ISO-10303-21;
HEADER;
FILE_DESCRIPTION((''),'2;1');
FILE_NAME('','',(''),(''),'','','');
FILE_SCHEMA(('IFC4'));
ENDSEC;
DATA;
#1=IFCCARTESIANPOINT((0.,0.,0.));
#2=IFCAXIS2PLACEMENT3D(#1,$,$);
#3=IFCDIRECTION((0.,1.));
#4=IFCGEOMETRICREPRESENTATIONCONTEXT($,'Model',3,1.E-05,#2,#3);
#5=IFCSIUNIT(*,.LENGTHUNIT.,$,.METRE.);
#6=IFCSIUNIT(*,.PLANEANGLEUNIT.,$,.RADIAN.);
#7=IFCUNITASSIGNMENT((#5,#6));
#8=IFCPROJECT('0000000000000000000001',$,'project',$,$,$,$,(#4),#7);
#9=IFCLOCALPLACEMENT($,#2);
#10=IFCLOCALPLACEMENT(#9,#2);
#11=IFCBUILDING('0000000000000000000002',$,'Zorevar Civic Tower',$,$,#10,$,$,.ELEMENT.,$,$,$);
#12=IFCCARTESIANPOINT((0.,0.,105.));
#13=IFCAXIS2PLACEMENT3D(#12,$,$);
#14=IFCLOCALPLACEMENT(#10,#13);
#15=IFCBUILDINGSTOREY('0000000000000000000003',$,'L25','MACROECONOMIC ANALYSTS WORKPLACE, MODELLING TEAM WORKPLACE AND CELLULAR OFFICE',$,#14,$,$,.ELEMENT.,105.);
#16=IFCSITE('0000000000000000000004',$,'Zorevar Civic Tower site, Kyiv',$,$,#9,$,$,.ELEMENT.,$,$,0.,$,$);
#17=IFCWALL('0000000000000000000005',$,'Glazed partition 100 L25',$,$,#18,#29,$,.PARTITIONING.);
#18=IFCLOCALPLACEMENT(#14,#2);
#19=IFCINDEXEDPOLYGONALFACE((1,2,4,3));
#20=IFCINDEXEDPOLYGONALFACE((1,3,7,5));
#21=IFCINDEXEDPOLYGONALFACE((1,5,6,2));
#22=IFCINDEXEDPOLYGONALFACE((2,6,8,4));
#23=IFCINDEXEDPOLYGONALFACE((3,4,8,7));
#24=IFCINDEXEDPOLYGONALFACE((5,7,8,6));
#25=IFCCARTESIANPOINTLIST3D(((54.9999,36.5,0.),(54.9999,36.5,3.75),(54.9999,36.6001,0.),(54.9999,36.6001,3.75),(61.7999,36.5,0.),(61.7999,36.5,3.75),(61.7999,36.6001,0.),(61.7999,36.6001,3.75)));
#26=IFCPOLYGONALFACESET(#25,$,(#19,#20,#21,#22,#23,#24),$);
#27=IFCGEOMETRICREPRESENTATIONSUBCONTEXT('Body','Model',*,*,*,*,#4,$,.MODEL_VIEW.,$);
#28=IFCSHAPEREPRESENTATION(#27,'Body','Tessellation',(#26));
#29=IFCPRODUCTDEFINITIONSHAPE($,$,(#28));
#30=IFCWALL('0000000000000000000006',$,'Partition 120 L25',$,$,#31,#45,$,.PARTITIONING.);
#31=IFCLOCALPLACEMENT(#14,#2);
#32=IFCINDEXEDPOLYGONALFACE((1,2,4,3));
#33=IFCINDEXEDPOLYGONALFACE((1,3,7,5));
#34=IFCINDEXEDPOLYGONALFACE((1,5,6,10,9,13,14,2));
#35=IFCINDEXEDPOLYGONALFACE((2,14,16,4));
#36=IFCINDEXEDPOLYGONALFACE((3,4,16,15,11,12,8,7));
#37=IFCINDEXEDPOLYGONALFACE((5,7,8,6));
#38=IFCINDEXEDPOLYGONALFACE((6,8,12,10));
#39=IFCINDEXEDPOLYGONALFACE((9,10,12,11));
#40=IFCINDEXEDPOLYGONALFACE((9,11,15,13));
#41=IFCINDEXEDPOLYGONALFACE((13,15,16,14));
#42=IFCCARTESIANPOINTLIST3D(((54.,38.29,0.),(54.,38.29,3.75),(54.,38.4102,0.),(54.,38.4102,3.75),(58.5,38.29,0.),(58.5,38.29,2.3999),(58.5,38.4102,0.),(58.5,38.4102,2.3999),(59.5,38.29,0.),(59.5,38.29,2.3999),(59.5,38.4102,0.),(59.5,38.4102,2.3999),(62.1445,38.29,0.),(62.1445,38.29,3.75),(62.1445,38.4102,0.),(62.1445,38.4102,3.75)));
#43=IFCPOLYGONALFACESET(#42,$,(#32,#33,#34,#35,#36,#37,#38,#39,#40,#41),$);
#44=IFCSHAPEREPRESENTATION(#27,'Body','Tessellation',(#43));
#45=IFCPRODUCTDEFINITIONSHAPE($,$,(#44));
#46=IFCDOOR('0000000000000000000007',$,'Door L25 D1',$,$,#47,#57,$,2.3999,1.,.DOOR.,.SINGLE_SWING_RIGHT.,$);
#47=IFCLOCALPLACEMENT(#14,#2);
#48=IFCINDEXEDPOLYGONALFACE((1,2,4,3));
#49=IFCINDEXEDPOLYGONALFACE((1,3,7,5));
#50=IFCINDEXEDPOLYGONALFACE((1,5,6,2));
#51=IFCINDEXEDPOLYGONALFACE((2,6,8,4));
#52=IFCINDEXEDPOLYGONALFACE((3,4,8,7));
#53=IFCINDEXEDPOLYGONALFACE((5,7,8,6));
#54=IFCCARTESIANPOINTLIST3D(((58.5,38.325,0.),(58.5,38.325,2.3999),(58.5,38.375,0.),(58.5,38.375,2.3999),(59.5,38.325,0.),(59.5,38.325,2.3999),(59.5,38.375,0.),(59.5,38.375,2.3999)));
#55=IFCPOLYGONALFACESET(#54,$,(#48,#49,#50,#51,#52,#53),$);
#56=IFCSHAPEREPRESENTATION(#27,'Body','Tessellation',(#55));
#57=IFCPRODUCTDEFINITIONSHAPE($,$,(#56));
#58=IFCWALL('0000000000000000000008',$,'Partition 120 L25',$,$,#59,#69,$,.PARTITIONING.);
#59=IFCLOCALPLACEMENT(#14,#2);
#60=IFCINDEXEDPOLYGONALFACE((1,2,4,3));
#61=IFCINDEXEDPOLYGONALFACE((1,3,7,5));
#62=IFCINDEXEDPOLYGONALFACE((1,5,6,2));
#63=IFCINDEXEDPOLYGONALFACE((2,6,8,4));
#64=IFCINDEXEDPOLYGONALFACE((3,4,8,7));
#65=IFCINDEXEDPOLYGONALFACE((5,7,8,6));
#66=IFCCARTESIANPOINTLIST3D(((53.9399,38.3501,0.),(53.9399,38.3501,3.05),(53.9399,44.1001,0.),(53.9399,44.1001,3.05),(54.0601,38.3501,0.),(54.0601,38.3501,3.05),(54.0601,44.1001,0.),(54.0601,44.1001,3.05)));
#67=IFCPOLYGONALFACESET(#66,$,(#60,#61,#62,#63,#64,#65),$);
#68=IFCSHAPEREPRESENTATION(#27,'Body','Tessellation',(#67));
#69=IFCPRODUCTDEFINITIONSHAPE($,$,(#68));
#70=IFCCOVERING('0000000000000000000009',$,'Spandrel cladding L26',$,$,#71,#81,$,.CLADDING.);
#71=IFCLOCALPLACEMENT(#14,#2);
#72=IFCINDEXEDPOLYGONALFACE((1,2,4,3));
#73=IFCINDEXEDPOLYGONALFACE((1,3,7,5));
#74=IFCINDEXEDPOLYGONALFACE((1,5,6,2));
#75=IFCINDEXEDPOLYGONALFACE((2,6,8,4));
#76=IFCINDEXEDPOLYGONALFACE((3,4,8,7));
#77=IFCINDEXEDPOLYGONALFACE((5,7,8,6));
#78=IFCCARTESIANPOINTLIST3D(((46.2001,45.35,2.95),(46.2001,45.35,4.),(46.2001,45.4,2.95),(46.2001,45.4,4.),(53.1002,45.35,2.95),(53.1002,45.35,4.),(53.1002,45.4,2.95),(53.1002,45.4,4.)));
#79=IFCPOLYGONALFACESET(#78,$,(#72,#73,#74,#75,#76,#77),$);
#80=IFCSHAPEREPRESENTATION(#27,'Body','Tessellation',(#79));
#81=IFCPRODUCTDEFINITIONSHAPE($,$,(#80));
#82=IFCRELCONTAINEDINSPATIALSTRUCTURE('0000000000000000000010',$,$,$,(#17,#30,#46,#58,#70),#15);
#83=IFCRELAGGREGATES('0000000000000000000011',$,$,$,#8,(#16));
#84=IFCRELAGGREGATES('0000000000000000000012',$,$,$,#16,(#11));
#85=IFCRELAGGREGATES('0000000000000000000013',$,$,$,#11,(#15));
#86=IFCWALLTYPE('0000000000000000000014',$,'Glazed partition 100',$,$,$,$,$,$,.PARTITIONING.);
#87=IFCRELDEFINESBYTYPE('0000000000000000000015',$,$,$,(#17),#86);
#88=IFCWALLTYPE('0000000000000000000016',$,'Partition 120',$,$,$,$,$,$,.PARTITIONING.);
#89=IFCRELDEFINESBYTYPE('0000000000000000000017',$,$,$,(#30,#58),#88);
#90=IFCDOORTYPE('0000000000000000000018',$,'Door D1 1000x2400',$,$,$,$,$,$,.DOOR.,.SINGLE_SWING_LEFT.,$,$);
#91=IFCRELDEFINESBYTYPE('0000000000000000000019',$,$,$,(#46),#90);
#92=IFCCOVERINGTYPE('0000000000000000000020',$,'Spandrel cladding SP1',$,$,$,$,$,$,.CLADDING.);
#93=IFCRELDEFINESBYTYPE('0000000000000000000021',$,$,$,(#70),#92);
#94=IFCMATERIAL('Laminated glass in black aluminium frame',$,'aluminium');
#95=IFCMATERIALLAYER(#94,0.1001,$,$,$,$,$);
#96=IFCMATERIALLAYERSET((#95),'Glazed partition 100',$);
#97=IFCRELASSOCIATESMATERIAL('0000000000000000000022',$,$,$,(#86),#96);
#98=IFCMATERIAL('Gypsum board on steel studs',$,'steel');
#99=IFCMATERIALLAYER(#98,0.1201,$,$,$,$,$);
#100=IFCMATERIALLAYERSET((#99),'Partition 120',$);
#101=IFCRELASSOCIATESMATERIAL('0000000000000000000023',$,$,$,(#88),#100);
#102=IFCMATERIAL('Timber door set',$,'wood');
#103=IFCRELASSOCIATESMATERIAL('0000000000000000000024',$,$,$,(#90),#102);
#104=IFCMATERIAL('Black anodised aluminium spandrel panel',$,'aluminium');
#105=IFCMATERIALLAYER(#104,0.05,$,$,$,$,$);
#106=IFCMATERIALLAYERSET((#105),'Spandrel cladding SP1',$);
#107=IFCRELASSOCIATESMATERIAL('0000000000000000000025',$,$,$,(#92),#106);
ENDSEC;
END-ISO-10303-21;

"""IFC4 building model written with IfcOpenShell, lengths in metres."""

from ifc_helpers import new_model, si_unit, direction, frame, frame_2d, origin, place, context, subcontext, project, spatial, rectangle, extrude, material, layer, layer_set, type_object, element, fill, save


model = new_model("IFC4")

# Units and contexts
model_context = context("Model", 3, precision=1e-05, world=origin(), true_north=direction((0.0, 1.0)))
body_context = subcontext(model_context, "Body", "Model", "MODEL_VIEW")
ifc_project = project(units=[si_unit("LENGTHUNIT", "METRE"), si_unit("PLANEANGLEUNIT", "RADIAN")], contexts=[model_context])

# Site, building, storey
site_placement = place(None, origin())
site = spatial("IfcSite", under=ifc_project, at=site_placement, Name="Zorevar Civic Tower site, Kyiv", CompositionType="ELEMENT", RefElevation=0.0)
building_placement = place(site_placement, origin())
building = spatial("IfcBuilding", under=site, at=building_placement, Name="Zorevar Civic Tower", CompositionType="ELEMENT")
storey_placement = place(building_placement, frame((0.0, 0.0, 105.0)))
storey = spatial("IfcBuildingStorey", under=building, at=storey_placement, Name="L25", Description="MACROECONOMIC ANALYSTS WORKPLACE, MODELLING TEAM WORKPLACE AND CELLULAR OFFICE", CompositionType="ELEMENT", Elevation=105.0)

# Wall
ifc_material_1 = material(Name="Laminated glass in black aluminium frame", Category="aluminium")
ifc_layer_1 = layer(ifc_material_1, 0.1001)
ifc_layer_set_1 = layer_set([ifc_layer_1], Name="Glazed partition 100")
wall_type_1 = type_object("IfcWallType", Name="Glazed partition 100", PredefinedType="PARTITIONING", material=ifc_layer_set_1)
wall_1_placement = place(storey_placement, frame((55.0, 36.55, 0.0), z_axis=(0.0, 0.0, 1.0), x_axis=(1.0, 0.0, 0.0)))
element("IfcWall", 1, at=wall_1_placement, inside=storey, type_object=wall_type_1, Name="Glazed partition 100 L25", PredefinedType="PARTITIONING", context=body_context, shape_type="SweptSolid", body=[
    extrude(rectangle(XDim=6.8, YDim=0.1001, at=frame_2d((3.3999, 0.0))), origin(), (0.0, 0.0, 1.0), 3.75),
])

# Wall, opening, door
ifc_material_2 = material(Name="Gypsum board on steel studs", Category="steel")
ifc_layer_2 = layer(ifc_material_2, 0.1201)
ifc_layer_set_2 = layer_set([ifc_layer_2], Name="Partition 120")
wall_type_2 = type_object("IfcWallType", Name="Partition 120", PredefinedType="PARTITIONING", material=ifc_layer_set_2)
wall_2_placement = place(storey_placement, frame((54.0, 38.3501, 0.0), z_axis=(0.0, 0.0, 1.0), x_axis=(1.0, 0.0, 0.0)))
wall_2 = element("IfcWall", 2, at=wall_2_placement, inside=storey, type_object=wall_type_2, Name="Partition 120 L25", PredefinedType="PARTITIONING", context=body_context, shape_type="SweptSolid", body=[
    extrude(rectangle(XDim=8.1445, YDim=0.1201, at=frame_2d((4.0723, 0.0))), origin(), (0.0, 0.0, 1.0), 3.75),
])
opening_placement = place(wall_2_placement, frame((4.5, 0.0, 0.0)))
opening = element("IfcOpeningElement", 3, at=opening_placement, cuts=wall_2, PredefinedType="OPENING", context=body_context, shape_type="SweptSolid", body=[
    extrude(rectangle(XDim=1.0, YDim=2.3999, at=frame_2d((0.5, 1.2))), frame((0.0, 0.0701, 0.0), z_axis=(0.0, -1.0, 0.0), x_axis=(1.0, 0.0, 0.0)), (0.0, 0.0, 1.0), 0.1401),
])
ifc_material_3 = material(Name="Timber door set", Category="wood")
door_type = type_object("IfcDoorType", Name="Door D1 1000x2400", OperationType="SINGLE_SWING_LEFT", PredefinedType="DOOR", material=ifc_material_3)
door_placement = place(opening_placement, origin())
door = element("IfcDoor", 4, at=door_placement, inside=storey, type_object=door_type, Name="Door L25 D1", OperationType="SINGLE_SWING_RIGHT", OverallHeight=2.3999, OverallWidth=1.0, PredefinedType="DOOR", context=body_context, shape_type="SweptSolid", body=[
    extrude(rectangle(XDim=1.0, YDim=2.3999, at=frame_2d((0.5, 1.2))), frame((0.0, 0.0249, 0.0), z_axis=(0.0, -1.0, 0.0), x_axis=(1.0, 0.0, 0.0)), (0.0, 0.0, 1.0), 0.05),
])
fill(opening, door)

# Wall
wall_3_placement = place(storey_placement, frame((54.0, 38.3501, 0.0), z_axis=(0.0, 0.0, 1.0), x_axis=(0.0, 1.0, 0.0)))
element("IfcWall", 5, at=wall_3_placement, inside=storey, type_object=wall_type_2, Name="Partition 120 L25", PredefinedType="PARTITIONING", context=body_context, shape_type="SweptSolid", body=[
    extrude(rectangle(XDim=5.75, YDim=0.1201, at=frame_2d((2.875, 0.0))), origin(), (0.0, 0.0, 1.0), 3.05),
])

# Covering
ifc_material_4 = material(Name="Black anodised aluminium spandrel panel", Category="aluminium")
ifc_layer_3 = layer(ifc_material_4, 0.05)
ifc_layer_set_3 = layer_set([ifc_layer_3], Name="Spandrel cladding SP1")
covering_type = type_object("IfcCoveringType", Name="Spandrel cladding SP1", PredefinedType="CLADDING", material=ifc_layer_set_3)
covering_placement = place(storey_placement, frame((46.2, 45.375, 2.95), z_axis=(0.0, 0.0, 1.0), x_axis=(1.0, 0.0, 0.0)))
element("IfcCovering", 6, at=covering_placement, inside=storey, type_object=covering_type, Name="Spandrel cladding L26", PredefinedType="CLADDING", context=body_context, shape_type="SweptSolid", body=[
    extrude(rectangle(XDim=6.9001, YDim=0.05, at=frame_2d((3.4502, 0.0))), origin(), (0.0, 0.0, 1.0), 1.05),
])

save(model, "model.ifc")
